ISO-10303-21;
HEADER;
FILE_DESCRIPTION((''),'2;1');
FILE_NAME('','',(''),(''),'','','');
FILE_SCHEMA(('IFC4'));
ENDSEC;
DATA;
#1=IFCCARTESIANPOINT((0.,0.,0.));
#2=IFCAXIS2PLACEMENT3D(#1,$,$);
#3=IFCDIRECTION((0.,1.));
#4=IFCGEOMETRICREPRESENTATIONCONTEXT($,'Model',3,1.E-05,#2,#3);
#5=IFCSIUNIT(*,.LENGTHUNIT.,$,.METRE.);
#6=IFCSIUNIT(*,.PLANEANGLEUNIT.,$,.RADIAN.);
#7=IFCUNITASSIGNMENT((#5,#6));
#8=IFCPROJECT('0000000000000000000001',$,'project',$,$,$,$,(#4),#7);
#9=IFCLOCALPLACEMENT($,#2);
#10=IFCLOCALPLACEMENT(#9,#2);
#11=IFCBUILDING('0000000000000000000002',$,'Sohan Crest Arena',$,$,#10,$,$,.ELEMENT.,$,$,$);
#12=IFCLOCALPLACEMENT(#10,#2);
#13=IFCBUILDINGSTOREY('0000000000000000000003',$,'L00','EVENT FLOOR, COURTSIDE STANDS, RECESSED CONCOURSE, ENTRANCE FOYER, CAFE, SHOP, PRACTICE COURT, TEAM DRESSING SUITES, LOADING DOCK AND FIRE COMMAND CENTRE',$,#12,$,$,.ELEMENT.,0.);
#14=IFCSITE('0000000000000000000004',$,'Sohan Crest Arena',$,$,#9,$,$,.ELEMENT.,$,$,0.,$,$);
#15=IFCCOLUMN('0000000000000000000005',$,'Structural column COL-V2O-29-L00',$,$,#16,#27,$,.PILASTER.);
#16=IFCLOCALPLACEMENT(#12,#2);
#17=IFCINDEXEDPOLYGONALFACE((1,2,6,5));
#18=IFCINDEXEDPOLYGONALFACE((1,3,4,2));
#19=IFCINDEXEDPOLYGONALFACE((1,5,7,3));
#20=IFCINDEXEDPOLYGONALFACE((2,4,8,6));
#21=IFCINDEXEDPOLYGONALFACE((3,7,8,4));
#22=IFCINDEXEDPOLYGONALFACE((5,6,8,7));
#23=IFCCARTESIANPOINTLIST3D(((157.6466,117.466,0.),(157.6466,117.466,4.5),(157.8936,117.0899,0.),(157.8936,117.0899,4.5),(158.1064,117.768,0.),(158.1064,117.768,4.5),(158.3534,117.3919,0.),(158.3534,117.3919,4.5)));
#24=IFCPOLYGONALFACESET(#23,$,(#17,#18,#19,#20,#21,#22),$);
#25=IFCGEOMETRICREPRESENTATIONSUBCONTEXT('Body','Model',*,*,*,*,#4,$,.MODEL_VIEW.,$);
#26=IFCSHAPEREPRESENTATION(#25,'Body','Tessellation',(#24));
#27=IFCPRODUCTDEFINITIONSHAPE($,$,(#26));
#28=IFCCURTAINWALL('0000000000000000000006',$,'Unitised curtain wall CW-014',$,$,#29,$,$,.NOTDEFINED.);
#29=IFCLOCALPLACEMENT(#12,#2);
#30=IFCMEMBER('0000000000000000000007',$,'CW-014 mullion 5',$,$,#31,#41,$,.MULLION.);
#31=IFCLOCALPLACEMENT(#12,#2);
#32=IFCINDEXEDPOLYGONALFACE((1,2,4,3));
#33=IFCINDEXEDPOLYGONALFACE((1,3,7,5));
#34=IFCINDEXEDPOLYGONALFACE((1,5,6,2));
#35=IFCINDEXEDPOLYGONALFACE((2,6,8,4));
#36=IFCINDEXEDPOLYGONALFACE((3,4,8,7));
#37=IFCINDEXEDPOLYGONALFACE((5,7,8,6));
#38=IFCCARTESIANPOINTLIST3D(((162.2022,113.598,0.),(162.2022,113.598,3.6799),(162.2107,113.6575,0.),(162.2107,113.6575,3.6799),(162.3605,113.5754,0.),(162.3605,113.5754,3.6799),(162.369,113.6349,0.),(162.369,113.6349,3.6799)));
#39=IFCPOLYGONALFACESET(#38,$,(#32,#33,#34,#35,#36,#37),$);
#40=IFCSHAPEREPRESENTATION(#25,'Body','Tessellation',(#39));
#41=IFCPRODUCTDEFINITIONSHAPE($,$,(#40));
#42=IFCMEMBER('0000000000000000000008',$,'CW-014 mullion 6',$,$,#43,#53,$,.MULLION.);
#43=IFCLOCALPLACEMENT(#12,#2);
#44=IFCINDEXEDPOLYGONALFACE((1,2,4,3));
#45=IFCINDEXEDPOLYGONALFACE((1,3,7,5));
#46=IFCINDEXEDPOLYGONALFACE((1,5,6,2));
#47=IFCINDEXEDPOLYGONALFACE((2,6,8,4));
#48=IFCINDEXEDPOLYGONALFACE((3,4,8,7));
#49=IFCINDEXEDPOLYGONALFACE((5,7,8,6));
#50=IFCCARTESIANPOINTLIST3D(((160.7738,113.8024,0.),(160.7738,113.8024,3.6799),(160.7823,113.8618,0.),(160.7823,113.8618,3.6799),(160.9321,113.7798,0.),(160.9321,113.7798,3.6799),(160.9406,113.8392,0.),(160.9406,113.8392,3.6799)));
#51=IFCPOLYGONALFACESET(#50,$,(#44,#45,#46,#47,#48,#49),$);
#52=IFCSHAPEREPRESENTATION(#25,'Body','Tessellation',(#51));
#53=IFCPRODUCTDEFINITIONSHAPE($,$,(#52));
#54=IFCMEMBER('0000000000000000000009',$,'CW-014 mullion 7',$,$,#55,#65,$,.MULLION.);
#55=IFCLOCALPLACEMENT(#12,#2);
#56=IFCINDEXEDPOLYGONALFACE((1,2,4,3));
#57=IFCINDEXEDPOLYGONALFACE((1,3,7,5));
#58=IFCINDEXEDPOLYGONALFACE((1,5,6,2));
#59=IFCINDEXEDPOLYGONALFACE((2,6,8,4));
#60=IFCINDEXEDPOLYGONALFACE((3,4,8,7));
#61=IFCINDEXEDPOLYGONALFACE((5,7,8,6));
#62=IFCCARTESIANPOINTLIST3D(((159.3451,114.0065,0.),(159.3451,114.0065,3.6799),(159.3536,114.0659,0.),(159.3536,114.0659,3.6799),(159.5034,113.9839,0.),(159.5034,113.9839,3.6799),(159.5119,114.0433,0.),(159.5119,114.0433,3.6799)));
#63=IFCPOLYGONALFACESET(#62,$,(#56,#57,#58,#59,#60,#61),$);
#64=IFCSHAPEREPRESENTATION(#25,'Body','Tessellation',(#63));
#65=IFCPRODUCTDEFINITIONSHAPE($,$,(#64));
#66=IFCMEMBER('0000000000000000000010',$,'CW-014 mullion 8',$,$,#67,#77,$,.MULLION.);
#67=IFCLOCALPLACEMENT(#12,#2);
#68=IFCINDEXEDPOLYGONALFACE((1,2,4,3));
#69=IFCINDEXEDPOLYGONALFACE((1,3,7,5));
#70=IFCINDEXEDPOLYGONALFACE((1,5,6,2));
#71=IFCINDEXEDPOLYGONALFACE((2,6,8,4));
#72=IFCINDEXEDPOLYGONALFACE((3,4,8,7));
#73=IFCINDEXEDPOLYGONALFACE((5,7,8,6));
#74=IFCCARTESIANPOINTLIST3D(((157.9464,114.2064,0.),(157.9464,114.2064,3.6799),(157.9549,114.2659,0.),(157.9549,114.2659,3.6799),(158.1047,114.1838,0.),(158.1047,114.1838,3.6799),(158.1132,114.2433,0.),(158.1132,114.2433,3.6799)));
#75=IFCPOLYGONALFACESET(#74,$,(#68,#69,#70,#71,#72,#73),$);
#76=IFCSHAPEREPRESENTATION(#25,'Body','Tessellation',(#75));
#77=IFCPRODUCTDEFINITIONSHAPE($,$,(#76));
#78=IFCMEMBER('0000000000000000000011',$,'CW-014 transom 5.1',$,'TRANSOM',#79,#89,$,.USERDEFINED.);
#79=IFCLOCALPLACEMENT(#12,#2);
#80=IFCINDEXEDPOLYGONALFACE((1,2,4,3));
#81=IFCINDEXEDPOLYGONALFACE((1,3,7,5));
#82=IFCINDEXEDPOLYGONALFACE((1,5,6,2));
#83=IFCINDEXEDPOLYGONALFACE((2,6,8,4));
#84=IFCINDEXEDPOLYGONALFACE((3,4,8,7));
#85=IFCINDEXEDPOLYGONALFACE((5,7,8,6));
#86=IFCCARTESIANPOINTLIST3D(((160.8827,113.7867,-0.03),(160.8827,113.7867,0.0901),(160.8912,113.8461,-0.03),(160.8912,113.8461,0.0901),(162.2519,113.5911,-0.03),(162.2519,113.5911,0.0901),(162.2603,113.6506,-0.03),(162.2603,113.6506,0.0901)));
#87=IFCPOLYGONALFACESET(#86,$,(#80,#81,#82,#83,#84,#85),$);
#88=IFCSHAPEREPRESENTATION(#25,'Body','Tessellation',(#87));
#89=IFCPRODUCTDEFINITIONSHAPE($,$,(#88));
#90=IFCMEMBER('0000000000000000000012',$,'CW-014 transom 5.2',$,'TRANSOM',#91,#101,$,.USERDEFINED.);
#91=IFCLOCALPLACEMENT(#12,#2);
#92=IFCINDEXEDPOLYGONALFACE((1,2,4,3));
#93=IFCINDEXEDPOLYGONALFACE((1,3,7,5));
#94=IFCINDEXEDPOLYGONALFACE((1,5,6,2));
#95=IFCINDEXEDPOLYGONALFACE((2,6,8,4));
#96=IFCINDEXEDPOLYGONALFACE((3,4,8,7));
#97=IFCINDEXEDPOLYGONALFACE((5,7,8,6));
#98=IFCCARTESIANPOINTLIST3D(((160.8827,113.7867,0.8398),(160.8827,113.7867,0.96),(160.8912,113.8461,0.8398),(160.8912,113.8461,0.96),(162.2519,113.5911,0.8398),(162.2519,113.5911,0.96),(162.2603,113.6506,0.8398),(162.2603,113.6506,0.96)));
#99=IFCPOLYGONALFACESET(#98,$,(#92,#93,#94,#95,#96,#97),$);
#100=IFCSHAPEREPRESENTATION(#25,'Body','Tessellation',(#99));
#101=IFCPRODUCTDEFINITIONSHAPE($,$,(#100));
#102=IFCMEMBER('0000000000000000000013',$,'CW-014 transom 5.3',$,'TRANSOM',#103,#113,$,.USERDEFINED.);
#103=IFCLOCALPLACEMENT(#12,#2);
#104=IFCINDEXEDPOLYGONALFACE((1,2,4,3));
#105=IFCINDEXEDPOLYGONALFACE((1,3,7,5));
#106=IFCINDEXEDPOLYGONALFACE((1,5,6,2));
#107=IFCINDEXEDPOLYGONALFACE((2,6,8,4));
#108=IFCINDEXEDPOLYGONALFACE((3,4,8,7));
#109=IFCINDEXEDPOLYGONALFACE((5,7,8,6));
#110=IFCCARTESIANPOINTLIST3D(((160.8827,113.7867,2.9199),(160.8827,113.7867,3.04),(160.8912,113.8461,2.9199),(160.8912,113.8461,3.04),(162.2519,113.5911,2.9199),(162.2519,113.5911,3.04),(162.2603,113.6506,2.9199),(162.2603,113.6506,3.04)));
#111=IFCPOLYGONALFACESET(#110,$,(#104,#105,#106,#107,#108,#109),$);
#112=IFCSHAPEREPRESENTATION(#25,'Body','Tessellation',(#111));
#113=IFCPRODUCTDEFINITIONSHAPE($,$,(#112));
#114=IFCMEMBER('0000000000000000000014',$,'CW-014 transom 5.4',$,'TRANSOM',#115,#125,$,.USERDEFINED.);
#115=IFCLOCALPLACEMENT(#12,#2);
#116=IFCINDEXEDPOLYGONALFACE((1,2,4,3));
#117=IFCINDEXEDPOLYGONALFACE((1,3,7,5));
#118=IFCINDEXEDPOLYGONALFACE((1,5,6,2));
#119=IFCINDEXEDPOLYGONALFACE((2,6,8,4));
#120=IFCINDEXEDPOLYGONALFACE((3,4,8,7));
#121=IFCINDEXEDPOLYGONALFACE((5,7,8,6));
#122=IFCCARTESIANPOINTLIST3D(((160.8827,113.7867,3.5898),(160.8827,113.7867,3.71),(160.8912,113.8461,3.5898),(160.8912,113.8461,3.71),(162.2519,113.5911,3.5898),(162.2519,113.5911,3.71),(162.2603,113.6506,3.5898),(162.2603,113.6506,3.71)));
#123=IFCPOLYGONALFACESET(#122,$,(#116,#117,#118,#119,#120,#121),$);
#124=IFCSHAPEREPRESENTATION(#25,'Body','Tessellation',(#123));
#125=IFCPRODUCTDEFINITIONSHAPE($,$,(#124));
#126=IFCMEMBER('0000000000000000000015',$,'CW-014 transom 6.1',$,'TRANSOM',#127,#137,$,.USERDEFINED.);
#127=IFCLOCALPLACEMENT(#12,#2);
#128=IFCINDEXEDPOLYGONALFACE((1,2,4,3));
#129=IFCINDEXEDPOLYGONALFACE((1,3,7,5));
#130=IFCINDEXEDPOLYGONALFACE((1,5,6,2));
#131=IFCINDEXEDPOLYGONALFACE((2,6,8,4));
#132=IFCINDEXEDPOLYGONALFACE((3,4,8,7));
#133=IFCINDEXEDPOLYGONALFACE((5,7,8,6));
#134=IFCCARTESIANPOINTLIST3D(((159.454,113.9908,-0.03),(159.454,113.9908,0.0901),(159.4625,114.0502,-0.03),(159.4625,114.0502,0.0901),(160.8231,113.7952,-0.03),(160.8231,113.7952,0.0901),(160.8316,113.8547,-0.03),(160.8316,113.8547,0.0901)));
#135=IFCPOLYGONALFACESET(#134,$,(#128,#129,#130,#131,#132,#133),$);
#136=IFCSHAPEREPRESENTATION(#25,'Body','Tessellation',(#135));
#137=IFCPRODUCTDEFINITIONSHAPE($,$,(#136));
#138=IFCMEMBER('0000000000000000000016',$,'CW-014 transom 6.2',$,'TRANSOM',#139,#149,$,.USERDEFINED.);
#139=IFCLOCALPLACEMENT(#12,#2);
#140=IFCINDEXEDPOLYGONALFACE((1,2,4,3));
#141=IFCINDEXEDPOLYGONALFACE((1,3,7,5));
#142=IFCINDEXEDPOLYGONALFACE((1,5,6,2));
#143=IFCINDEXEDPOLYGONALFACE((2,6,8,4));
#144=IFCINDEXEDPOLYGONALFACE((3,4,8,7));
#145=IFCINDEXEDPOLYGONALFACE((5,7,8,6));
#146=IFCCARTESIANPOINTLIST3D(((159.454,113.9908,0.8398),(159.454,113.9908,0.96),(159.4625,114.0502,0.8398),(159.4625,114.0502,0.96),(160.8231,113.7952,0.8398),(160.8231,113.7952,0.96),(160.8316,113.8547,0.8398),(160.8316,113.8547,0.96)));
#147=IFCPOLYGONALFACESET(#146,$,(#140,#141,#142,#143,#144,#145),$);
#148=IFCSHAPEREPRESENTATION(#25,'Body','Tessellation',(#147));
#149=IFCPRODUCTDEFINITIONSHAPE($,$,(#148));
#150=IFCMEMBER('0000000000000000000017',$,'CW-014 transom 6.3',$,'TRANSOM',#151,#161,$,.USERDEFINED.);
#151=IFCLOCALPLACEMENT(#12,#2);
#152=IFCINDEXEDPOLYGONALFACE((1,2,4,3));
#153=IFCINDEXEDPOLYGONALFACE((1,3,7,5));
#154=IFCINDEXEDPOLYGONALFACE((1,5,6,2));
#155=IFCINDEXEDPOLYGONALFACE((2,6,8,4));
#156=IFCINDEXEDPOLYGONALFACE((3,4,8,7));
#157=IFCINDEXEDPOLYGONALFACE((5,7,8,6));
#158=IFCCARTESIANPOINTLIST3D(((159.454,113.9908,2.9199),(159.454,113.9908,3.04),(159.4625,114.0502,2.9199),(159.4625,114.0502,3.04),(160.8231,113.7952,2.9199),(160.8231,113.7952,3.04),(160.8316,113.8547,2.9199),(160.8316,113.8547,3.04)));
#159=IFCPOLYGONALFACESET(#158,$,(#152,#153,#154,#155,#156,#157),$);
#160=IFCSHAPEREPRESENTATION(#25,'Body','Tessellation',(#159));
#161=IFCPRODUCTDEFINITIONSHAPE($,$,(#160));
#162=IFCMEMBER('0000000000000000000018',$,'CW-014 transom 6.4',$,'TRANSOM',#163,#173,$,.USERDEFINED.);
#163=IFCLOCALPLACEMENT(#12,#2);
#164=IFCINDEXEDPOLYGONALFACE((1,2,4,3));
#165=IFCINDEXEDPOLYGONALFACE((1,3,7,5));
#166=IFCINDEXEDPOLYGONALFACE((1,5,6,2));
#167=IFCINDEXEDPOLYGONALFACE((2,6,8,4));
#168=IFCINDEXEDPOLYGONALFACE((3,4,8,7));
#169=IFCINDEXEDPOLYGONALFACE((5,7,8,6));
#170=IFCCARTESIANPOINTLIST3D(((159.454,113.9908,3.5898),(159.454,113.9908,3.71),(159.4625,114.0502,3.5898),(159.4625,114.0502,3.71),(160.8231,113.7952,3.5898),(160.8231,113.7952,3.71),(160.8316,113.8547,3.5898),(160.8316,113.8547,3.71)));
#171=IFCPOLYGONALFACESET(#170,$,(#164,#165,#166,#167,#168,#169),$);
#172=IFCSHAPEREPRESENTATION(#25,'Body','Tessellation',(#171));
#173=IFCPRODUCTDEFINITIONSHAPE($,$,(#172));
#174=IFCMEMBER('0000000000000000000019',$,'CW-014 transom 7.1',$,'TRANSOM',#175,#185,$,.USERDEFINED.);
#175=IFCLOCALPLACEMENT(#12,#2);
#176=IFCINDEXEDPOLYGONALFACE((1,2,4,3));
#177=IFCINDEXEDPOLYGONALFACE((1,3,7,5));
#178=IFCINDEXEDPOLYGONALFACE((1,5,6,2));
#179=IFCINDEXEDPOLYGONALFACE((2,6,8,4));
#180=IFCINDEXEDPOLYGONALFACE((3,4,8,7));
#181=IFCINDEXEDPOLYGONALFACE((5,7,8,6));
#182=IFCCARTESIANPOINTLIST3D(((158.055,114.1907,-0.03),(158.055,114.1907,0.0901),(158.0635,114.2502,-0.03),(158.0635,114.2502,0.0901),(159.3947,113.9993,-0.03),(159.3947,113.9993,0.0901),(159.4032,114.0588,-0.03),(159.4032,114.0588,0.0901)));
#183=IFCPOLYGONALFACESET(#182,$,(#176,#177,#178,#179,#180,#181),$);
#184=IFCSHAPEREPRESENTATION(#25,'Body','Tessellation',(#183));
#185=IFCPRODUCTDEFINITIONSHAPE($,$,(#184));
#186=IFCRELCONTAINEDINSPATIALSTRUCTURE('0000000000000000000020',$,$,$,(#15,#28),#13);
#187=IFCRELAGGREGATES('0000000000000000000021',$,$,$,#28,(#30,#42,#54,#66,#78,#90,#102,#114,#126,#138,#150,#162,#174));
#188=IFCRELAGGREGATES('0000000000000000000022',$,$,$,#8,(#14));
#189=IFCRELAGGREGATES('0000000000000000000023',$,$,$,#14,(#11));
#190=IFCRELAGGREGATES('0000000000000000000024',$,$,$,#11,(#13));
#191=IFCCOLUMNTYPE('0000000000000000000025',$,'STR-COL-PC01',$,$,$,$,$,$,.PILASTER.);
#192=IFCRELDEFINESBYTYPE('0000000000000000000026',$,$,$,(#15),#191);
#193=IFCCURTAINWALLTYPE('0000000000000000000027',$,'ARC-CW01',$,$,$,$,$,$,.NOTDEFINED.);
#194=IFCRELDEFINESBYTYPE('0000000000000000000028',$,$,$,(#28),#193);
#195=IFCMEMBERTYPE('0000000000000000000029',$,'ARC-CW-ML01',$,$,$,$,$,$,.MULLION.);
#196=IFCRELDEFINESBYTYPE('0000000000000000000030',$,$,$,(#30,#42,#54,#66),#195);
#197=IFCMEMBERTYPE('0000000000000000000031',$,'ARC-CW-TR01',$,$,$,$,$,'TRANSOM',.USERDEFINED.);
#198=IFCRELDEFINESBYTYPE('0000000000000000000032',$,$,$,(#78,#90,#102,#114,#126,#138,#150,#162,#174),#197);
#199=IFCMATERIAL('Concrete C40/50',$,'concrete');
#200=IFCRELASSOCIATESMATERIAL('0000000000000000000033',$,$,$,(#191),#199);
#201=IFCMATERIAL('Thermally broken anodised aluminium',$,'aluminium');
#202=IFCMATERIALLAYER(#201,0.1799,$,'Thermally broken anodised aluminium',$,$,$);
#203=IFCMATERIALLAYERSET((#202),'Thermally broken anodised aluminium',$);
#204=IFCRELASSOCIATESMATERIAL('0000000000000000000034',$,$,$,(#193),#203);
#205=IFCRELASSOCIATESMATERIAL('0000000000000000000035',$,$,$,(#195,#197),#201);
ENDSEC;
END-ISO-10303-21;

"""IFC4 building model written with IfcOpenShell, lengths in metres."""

from ifc_helpers import new_model, si_unit, direction, frame, origin, origin_2d, place, context, subcontext, project, spatial, rectangle, extrude, material, layer, layer_set, material_profile, profile_set, type_object, element, aggregate, save


model = new_model("IFC4")

# Units and contexts
model_context = context("Model", 3, precision=1e-05, world=origin(), true_north=direction((0.0, 1.0)))
body_context = subcontext(model_context, "Body", "Model", "MODEL_VIEW")
ifc_project = project(units=[si_unit("LENGTHUNIT", "METRE"), si_unit("PLANEANGLEUNIT", "RADIAN")], contexts=[model_context])

# Site, building, storey
site_placement = place(None, origin())
site = spatial("IfcSite", under=ifc_project, at=site_placement, Name="Sohan Crest Arena", CompositionType="ELEMENT", RefElevation=0.0)
building_placement = place(site_placement, origin())
building = spatial("IfcBuilding", under=site, at=building_placement, Name="Sohan Crest Arena", CompositionType="ELEMENT")
storey_placement = place(building_placement, origin())
storey = spatial("IfcBuildingStorey", under=building, at=storey_placement, Name="L00", Description="EVENT FLOOR, COURTSIDE STANDS, RECESSED CONCOURSE, ENTRANCE FOYER, CAFE, SHOP, PRACTICE COURT, TEAM DRESSING SUITES, LOADING DOCK AND FIRE COMMAND CENTRE", CompositionType="ELEMENT", Elevation=0.0)

# Column
ifc_material_1 = material(Name="Concrete C40/50", Category="concrete")
ifc_material_profile_1 = material_profile(ifc_material_1, rectangle(XDim=0.55, YDim=0.45, at=origin_2d()), Name="RC 550x450")
ifc_profile_set_1 = profile_set([ifc_material_profile_1], Name="Concrete C40/50")
column_type = type_object("IfcColumnType", Name="STR-COL-PC01", PredefinedType="PILASTER", material=ifc_profile_set_1)
column_placement = place(storey_placement, frame((158.0, 117.429, 0.0), z_axis=(0.0, 0.0, 1.0), x_axis=(0.835807, 0.549023, 0.0)))
element("IfcColumn", 1, at=column_placement, inside=storey, type_object=column_type, Name="Structural column COL-V2O-29-L00", PredefinedType="PILASTER", context=body_context, shape_type="SweptSolid", body=[
    extrude(rectangle(XDim=0.55, YDim=0.45, at=origin_2d()), origin(), (0.0, 0.0, 1.0), 4.5),
])

# Curtain wall, members
ifc_material_2 = material(Name="Thermally broken anodised aluminium", Category="aluminium")
ifc_layer_1 = layer(ifc_material_2, 0.1799, Name="Thermally broken anodised aluminium")
ifc_layer_set_1 = layer_set([ifc_layer_1], Name="Thermally broken anodised aluminium")
curtain_wall_type = type_object("IfcCurtainWallType", Name="ARC-CW01", PredefinedType="NOTDEFINED", material=ifc_layer_set_1)
curtain_wall_placement = place(storey_placement, origin())
curtain_wall = element("IfcCurtainWall", 2, at=curtain_wall_placement, inside=storey, type_object=curtain_wall_type, Name="Unitised curtain wall CW-014", PredefinedType="NOTDEFINED")
ifc_material_profile_2 = material_profile(ifc_material_2, rectangle(XDim=0.0601, YDim=0.1599, at=origin_2d()), Name="ALU-MULL 60x160")
ifc_profile_set_2 = profile_set([ifc_material_profile_2], Name="Thermally broken anodised aluminium")
member_type_1 = type_object("IfcMemberType", Name="ARC-CW-ML01", PredefinedType="MULLION", material=ifc_profile_set_2)
member_1_placement = place(storey_placement, frame((162.2856, 113.6165, 0.0), z_axis=(0.0, 0.0, 1.0), x_axis=(-0.141463, -0.989944, 0.0)))
member_1 = element("IfcMember", 3, at=member_1_placement, type_object=member_type_1, Name="CW-014 mullion 5", PredefinedType="MULLION", context=body_context, shape_type="SweptSolid", body=[
    extrude(rectangle(XDim=0.0601, YDim=0.1599, at=origin_2d()), origin(), (0.0, 0.0, 1.0), 3.6799),
])
member_2_placement = place(storey_placement, frame((160.8572, 113.8208, 0.0), z_axis=(0.0, 0.0, 1.0), x_axis=(-0.141463, -0.989944, 0.0)))
member_2 = element("IfcMember", 4, at=member_2_placement, type_object=member_type_1, Name="CW-014 mullion 6", PredefinedType="MULLION", context=body_context, shape_type="SweptSolid", body=[
    extrude(rectangle(XDim=0.0601, YDim=0.1599, at=origin_2d()), origin(), (0.0, 0.0, 1.0), 3.6799),
])
member_3_placement = place(storey_placement, frame((159.4285, 114.0249, 0.0), z_axis=(0.0, 0.0, 1.0), x_axis=(-0.141463, -0.989944, 0.0)))
member_3 = element("IfcMember", 5, at=member_3_placement, type_object=member_type_1, Name="CW-014 mullion 7", PredefinedType="MULLION", context=body_context, shape_type="SweptSolid", body=[
    extrude(rectangle(XDim=0.0601, YDim=0.1599, at=origin_2d()), origin(), (0.0, 0.0, 1.0), 3.6799),
])
member_4_placement = place(storey_placement, frame((158.0298, 114.2249, 0.0), z_axis=(0.0, 0.0, 1.0), x_axis=(-0.141463, -0.989944, 0.0)))
member_4 = element("IfcMember", 6, at=member_4_placement, type_object=member_type_1, Name="CW-014 mullion 8", PredefinedType="MULLION", context=body_context, shape_type="SweptSolid", body=[
    extrude(rectangle(XDim=0.0601, YDim=0.1599, at=origin_2d()), origin(), (0.0, 0.0, 1.0), 3.6799),
])
ifc_material_profile_3 = material_profile(ifc_material_2, rectangle(XDim=0.0601, YDim=0.1201, at=origin_2d()), Name="ALU-TRAN 60x120")
ifc_profile_set_3 = profile_set([ifc_material_profile_3], Name="Thermally broken anodised aluminium")
member_type_2 = type_object("IfcMemberType", Name="ARC-CW-TR01", ElementType="TRANSOM", PredefinedType="USERDEFINED", material=ifc_profile_set_3)
member_5_placement = place(storey_placement, frame((162.2561, 113.6208, 0.03), z_axis=(-0.989953, 0.141397, 0.0), x_axis=(-0.141397, -0.989953, 0.0)))
member_5 = element("IfcMember", 7, at=member_5_placement, type_object=member_type_2, Name="CW-014 transom 5.1", ObjectType="TRANSOM", PredefinedType="USERDEFINED", context=body_context, shape_type="SweptSolid", body=[
    extrude(rectangle(XDim=0.0601, YDim=0.1201, at=origin_2d()), origin(), (0.0, 0.0, 1.0), 1.3831),
])
member_6_placement = place(storey_placement, frame((162.2561, 113.6208, 0.8999), z_axis=(-0.989953, 0.141397, 0.0), x_axis=(-0.141397, -0.989953, 0.0)))
member_6 = element("IfcMember", 8, at=member_6_placement, type_object=member_type_2, Name="CW-014 transom 5.2", ObjectType="TRANSOM", PredefinedType="USERDEFINED", context=body_context, shape_type="SweptSolid", body=[
    extrude(rectangle(XDim=0.0601, YDim=0.1201, at=origin_2d()), origin(), (0.0, 0.0, 1.0), 1.3831),
])
member_7_placement = place(storey_placement, frame((162.2561, 113.6208, 2.98), z_axis=(-0.989953, 0.141397, 0.0), x_axis=(-0.141397, -0.989953, 0.0)))
member_7 = element("IfcMember", 9, at=member_7_placement, type_object=member_type_2, Name="CW-014 transom 5.3", ObjectType="TRANSOM", PredefinedType="USERDEFINED", context=body_context, shape_type="SweptSolid", body=[
    extrude(rectangle(XDim=0.0601, YDim=0.1201, at=origin_2d()), origin(), (0.0, 0.0, 1.0), 1.3831),
])
member_8_placement = place(storey_placement, frame((162.2561, 113.6208, 3.6499), z_axis=(-0.989953, 0.141397, 0.0), x_axis=(-0.141397, -0.989953, 0.0)))
member_8 = element("IfcMember", 10, at=member_8_placement, type_object=member_type_2, Name="CW-014 transom 5.4", ObjectType="TRANSOM", PredefinedType="USERDEFINED", context=body_context, shape_type="SweptSolid", body=[
    extrude(rectangle(XDim=0.0601, YDim=0.1201, at=origin_2d()), origin(), (0.0, 0.0, 1.0), 1.3831),
])
member_9_placement = place(storey_placement, frame((160.8274, 113.825, 0.03), z_axis=(-0.989953, 0.141397, 0.0), x_axis=(-0.141397, -0.989953, 0.0)))
member_9 = element("IfcMember", 11, at=member_9_placement, type_object=member_type_2, Name="CW-014 transom 6.1", ObjectType="TRANSOM", PredefinedType="USERDEFINED", context=body_context, shape_type="SweptSolid", body=[
    extrude(rectangle(XDim=0.0601, YDim=0.1201, at=origin_2d()), origin(), (0.0, 0.0, 1.0), 1.3831),
])
member_10_placement = place(storey_placement, frame((160.8274, 113.825, 0.8999), z_axis=(-0.989953, 0.141397, 0.0), x_axis=(-0.141397, -0.989953, 0.0)))
member_10 = element("IfcMember", 12, at=member_10_placement, type_object=member_type_2, Name="CW-014 transom 6.2", ObjectType="TRANSOM", PredefinedType="USERDEFINED", context=body_context, shape_type="SweptSolid", body=[
    extrude(rectangle(XDim=0.0601, YDim=0.1201, at=origin_2d()), origin(), (0.0, 0.0, 1.0), 1.3831),
])
member_11_placement = place(storey_placement, frame((160.8274, 113.825, 2.98), z_axis=(-0.989953, 0.141397, 0.0), x_axis=(-0.141397, -0.989953, 0.0)))
member_11 = element("IfcMember", 13, at=member_11_placement, type_object=member_type_2, Name="CW-014 transom 6.3", ObjectType="TRANSOM", PredefinedType="USERDEFINED", context=body_context, shape_type="SweptSolid", body=[
    extrude(rectangle(XDim=0.0601, YDim=0.1201, at=origin_2d()), origin(), (0.0, 0.0, 1.0), 1.3831),
])
member_12_placement = place(storey_placement, frame((160.8274, 113.825, 3.6499), z_axis=(-0.989953, 0.141397, 0.0), x_axis=(-0.141397, -0.989953, 0.0)))
member_12 = element("IfcMember", 14, at=member_12_placement, type_object=member_type_2, Name="CW-014 transom 6.4", ObjectType="TRANSOM", PredefinedType="USERDEFINED", context=body_context, shape_type="SweptSolid", body=[
    extrude(rectangle(XDim=0.0601, YDim=0.1201, at=origin_2d()), origin(), (0.0, 0.0, 1.0), 1.3831),
])
member_13_placement = place(storey_placement, frame((159.3989, 114.0291, 0.03), z_axis=(-0.989946, 0.141447, 0.0), x_axis=(-0.141447, -0.989946, 0.0)))
member_13 = element("IfcMember", 15, at=member_13_placement, type_object=member_type_2, Name="CW-014 transom 7.1", ObjectType="TRANSOM", PredefinedType="USERDEFINED", context=body_context, shape_type="SweptSolid", body=[
    extrude(rectangle(XDim=0.0601, YDim=0.1201, at=origin_2d()), origin(), (0.0, 0.0, 1.0), 1.3533),
])

aggregate(curtain_wall, [member_1, member_2, member_3, member_4, member_5, member_6, member_7, member_8, member_9, member_10, member_11, member_12, member_13])

save(model, "model.ifc")
